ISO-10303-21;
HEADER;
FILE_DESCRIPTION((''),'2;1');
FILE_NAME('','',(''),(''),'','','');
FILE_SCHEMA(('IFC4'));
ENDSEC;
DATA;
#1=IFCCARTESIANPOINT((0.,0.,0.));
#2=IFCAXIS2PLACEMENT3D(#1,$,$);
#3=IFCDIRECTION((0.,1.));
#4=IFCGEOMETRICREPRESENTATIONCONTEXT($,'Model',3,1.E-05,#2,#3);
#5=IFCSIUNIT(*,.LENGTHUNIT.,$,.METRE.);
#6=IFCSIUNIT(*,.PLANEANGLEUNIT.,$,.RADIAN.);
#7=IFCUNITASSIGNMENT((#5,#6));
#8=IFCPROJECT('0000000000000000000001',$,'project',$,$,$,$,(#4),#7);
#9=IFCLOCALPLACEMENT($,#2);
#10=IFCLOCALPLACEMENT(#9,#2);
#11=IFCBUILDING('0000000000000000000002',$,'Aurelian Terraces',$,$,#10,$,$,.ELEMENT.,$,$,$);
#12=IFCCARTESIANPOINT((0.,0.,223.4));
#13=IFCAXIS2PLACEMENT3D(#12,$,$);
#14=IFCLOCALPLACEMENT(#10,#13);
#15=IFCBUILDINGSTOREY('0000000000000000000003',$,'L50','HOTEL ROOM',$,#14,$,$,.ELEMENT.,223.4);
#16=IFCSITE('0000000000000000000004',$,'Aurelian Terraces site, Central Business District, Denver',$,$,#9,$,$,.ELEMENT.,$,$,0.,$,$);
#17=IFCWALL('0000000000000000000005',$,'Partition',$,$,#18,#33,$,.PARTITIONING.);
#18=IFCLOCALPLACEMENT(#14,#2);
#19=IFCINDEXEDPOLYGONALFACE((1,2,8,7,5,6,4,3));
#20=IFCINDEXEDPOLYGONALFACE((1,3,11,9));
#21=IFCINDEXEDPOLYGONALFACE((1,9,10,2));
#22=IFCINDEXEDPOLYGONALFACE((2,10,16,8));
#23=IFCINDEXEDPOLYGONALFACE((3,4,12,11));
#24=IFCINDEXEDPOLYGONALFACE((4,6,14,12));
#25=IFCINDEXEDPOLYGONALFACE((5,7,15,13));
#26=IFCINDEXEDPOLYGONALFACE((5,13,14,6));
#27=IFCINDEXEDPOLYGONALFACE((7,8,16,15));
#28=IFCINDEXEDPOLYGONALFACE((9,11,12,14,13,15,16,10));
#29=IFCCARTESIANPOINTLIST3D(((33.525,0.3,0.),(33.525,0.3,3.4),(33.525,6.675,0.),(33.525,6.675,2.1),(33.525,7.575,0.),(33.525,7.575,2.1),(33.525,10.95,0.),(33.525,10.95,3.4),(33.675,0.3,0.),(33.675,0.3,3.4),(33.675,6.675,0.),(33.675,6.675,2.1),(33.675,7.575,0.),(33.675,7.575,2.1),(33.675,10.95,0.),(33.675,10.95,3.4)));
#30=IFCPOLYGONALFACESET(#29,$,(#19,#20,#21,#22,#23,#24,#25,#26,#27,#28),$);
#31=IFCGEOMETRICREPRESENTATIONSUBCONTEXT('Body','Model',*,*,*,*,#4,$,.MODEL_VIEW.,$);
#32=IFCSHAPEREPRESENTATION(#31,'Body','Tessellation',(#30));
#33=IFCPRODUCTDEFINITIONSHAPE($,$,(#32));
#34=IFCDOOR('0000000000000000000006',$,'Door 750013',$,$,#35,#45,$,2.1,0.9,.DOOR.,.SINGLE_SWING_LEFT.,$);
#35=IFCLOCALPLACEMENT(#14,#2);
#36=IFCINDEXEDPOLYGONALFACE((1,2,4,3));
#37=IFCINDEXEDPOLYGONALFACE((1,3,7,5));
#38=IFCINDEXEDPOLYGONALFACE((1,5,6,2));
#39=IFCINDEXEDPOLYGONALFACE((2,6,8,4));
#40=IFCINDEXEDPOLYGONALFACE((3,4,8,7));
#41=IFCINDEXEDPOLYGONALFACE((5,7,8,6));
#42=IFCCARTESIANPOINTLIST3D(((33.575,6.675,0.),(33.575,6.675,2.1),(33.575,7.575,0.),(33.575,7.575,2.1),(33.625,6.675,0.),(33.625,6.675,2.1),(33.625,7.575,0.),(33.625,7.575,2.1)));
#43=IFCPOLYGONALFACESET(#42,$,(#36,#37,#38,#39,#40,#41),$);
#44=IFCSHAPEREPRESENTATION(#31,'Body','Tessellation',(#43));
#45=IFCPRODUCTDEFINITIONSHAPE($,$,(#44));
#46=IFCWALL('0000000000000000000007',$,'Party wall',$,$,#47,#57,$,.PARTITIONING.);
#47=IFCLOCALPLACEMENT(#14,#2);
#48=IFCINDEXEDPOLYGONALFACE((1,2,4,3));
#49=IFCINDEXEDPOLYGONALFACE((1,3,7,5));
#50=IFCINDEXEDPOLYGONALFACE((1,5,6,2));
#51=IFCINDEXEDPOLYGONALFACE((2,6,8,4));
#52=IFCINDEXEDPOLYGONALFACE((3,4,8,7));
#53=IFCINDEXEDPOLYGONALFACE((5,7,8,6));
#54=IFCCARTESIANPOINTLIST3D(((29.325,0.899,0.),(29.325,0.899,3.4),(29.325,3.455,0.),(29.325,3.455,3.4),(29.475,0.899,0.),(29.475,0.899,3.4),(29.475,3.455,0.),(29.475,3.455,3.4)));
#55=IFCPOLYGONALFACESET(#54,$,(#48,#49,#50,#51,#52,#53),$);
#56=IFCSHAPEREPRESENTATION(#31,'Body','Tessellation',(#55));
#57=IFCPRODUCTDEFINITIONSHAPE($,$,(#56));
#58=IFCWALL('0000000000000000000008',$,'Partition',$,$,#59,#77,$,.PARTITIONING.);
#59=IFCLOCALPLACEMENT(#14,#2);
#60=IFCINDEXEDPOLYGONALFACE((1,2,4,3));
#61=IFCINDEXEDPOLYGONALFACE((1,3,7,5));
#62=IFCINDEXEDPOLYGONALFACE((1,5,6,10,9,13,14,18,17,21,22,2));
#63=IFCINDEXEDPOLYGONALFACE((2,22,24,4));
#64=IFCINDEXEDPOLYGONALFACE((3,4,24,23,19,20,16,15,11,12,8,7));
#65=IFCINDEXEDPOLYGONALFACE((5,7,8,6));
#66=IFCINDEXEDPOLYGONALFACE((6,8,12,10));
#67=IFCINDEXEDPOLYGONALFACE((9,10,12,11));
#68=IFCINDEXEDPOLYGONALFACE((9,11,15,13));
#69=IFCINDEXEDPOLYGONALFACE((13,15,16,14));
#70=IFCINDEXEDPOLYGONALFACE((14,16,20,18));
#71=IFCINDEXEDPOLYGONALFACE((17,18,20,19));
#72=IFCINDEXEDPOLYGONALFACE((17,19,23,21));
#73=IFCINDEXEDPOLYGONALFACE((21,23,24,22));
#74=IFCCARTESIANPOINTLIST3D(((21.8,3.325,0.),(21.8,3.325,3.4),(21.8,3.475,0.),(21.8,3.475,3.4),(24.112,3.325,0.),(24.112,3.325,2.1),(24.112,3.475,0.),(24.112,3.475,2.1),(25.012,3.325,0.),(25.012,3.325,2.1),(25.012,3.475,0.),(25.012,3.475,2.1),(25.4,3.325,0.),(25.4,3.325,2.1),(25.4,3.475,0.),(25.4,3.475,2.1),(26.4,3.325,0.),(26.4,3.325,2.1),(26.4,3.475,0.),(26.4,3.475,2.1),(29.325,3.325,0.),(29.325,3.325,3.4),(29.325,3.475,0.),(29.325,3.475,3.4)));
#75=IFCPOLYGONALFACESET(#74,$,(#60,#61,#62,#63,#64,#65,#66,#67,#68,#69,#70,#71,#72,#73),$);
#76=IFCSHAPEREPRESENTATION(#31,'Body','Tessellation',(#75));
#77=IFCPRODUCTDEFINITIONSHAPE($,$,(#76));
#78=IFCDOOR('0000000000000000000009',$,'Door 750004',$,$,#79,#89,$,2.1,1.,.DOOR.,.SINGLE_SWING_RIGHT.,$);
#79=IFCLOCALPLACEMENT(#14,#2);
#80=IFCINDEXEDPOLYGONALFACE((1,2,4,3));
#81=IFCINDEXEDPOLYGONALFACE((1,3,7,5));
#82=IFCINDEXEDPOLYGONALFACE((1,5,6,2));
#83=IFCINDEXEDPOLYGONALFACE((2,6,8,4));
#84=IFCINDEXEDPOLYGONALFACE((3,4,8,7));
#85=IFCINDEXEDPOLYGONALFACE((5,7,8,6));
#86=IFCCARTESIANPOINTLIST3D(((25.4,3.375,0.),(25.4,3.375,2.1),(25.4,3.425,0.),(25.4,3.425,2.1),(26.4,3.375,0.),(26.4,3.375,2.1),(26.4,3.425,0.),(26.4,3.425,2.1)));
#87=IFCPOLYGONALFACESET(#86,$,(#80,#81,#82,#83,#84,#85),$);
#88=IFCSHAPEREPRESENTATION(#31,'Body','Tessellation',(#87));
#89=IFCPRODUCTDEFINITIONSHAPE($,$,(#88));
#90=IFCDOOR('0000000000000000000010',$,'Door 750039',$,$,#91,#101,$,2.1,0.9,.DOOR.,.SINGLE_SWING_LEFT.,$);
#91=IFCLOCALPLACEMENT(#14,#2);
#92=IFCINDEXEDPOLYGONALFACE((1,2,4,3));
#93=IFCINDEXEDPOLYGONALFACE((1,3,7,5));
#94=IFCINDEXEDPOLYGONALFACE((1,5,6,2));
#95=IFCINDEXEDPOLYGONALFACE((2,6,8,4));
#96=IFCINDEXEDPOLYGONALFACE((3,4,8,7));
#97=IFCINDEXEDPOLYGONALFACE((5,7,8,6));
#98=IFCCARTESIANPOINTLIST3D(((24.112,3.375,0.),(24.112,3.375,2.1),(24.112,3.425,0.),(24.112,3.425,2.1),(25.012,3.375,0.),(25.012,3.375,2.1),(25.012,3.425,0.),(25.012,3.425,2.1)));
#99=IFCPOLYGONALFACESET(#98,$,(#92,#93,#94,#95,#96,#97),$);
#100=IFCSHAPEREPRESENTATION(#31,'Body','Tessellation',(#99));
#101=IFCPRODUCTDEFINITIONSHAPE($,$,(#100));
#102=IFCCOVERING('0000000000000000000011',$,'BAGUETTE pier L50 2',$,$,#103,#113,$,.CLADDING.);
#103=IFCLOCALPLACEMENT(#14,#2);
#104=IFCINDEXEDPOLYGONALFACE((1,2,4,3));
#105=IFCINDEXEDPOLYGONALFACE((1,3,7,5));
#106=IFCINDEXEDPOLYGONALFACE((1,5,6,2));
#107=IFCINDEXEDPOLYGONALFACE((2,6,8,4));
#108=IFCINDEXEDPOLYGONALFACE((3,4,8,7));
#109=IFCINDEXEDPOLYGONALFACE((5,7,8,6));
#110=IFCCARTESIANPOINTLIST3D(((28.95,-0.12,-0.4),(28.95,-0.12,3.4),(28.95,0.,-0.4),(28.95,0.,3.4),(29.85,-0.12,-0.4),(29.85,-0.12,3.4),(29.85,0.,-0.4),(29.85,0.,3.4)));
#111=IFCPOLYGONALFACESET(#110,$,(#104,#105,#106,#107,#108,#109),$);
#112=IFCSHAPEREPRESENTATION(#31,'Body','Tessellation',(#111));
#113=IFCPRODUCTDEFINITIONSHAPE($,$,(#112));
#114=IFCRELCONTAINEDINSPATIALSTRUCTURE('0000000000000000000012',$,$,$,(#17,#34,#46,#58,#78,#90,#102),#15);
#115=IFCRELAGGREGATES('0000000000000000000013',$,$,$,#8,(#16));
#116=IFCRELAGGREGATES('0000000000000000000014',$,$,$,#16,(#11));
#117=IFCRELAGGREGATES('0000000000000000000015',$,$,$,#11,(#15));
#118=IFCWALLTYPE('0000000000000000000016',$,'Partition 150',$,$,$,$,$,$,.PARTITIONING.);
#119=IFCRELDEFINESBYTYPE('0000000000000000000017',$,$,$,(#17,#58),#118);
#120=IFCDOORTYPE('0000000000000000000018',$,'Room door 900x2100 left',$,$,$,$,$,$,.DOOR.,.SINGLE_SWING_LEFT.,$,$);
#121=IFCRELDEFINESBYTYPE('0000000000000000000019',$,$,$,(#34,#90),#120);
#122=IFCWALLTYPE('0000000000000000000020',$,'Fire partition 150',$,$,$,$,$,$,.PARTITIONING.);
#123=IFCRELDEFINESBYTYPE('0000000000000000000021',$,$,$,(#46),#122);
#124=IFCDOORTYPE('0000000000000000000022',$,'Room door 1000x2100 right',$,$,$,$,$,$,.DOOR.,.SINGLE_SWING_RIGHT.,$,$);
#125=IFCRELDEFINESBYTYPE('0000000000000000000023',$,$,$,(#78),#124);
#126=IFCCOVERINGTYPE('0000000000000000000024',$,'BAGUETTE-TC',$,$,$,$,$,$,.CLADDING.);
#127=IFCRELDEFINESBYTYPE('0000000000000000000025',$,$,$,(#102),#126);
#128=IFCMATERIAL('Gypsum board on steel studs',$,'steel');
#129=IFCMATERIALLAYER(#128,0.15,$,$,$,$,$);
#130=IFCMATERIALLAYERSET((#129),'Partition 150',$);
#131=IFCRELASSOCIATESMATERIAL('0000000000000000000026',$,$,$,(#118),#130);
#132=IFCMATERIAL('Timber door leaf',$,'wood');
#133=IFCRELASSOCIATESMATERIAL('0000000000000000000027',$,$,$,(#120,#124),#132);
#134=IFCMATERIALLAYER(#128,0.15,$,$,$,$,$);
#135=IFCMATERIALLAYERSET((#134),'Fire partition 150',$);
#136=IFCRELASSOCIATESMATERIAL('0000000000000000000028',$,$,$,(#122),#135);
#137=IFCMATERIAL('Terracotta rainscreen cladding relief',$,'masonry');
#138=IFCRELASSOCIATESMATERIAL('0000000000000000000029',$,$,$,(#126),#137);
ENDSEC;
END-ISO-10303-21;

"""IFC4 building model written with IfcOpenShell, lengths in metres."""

from ifc_helpers import new_model, si_unit, direction, frame, frame_2d, origin, origin_2d, place, context, subcontext, project, spatial, rectangle, extrude, source, transform, mapped, material, layer, layer_set, type_object, element, fill, save


model = new_model("IFC4")

# Units and contexts
model_context = context("Model", 3, precision=1e-05, world=origin(), true_north=direction((0.0, 1.0)))
body_context = subcontext(model_context, "Body", "Model", "MODEL_VIEW")
ifc_project = project(units=[si_unit("LENGTHUNIT", "METRE"), si_unit("PLANEANGLEUNIT", "RADIAN")], contexts=[model_context])

# Site, building, storey
site_placement = place(None, origin())
site = spatial("IfcSite", under=ifc_project, at=site_placement, Name="Aurelian Terraces site, Central Business District, Denver", CompositionType="ELEMENT", RefElevation=0.0)
building_placement = place(site_placement, origin())
building = spatial("IfcBuilding", under=site, at=building_placement, Name="Aurelian Terraces", CompositionType="ELEMENT")
storey_placement = place(building_placement, frame((0.0, 0.0, 223.4)))
storey = spatial("IfcBuildingStorey", under=building, at=storey_placement, Name="L50", Description="HOTEL ROOM", CompositionType="ELEMENT", Elevation=223.4)

# Shared definitions
ifc_material_1 = material(Name="Gypsum board on steel studs", Category="steel")
ifc_layer_1 = layer(ifc_material_1, 0.15)
ifc_layer_set_1 = layer_set([ifc_layer_1], Name="Partition 150")
wall_type_1 = type_object("IfcWallType", Name="Partition 150", PredefinedType="PARTITIONING", material=ifc_layer_set_1)

# Shared definitions
ifc_material_2 = material(Name="Timber door leaf", Category="wood")
shared_shape_1 = source(origin(), body_context, "Body", "SweptSolid", [
    extrude(rectangle(XDim=1.0, YDim=2.1, at=frame_2d((0.5, 1.05))), frame((0.0, 0.025, 0.0), z_axis=(0.0, -1.0, 0.0), x_axis=(1.0, 0.0, 0.0)), (0.0, 0.0, 1.0), 0.05),
])

# Wall, opening, door
shared_shape_2 = source(origin(), body_context, "Body", "SweptSolid", [
    extrude(rectangle(XDim=10.65, YDim=0.15, at=frame_2d((5.325, 0.0))), origin(), (0.0, 0.0, 1.0), 3.4),
])
wall_1_placement = place(storey_placement, frame((33.6, 0.3, 0.0), z_axis=(0.0, 0.0, 1.0), x_axis=(0.0, 1.0, 0.0)))
wall_1 = element("IfcWall", 1, at=wall_1_placement, inside=storey, type_object=wall_type_1, Name="Partition", PredefinedType="PARTITIONING", context=body_context, shape_type="MappedRepresentation", body=[
    mapped(shared_shape_2, transform((0.0, 0.0, 0.0), scale=1.0)),
])
shared_shape_3 = source(origin(), body_context, "Body", "SweptSolid", [
    extrude(rectangle(XDim=0.9, YDim=2.1, at=frame_2d((0.45, 1.05))), frame((0.0, 0.085, 0.0), z_axis=(0.0, -1.0, 0.0), x_axis=(1.0, 0.0, 0.0)), (0.0, 0.0, 1.0), 0.17),
])
opening_1_placement = place(wall_1_placement, frame((6.375, 0.0, 0.0)))
opening_1 = element("IfcOpeningElement", 2, at=opening_1_placement, cuts=wall_1, PredefinedType="OPENING", context=body_context, shape_type="MappedRepresentation", body=[
    mapped(shared_shape_3, transform((0.0, 0.0, 0.0), scale=1.0)),
])
door_type_1 = type_object("IfcDoorType", Name="Room door 900x2100 left", OperationType="SINGLE_SWING_LEFT", PredefinedType="DOOR", material=ifc_material_2)
shared_shape_4 = source(origin(), body_context, "Body", "SweptSolid", [
    extrude(rectangle(XDim=0.9, YDim=2.1, at=frame_2d((0.45, 1.05))), frame((0.0, 0.025, 0.0), z_axis=(0.0, -1.0, 0.0), x_axis=(1.0, 0.0, 0.0)), (0.0, 0.0, 1.0), 0.05),
])
door_1_placement = place(opening_1_placement, origin())
door_1 = element("IfcDoor", 3, at=door_1_placement, inside=storey, type_object=door_type_1, Name="Door 750013", OperationType="SINGLE_SWING_LEFT", OverallHeight=2.1, OverallWidth=0.9, PredefinedType="DOOR", context=body_context, shape_type="MappedRepresentation", body=[
    mapped(shared_shape_4, transform((0.0, 0.0, 0.0), scale=1.0)),
])
fill(opening_1, door_1)

# Wall
ifc_layer_2 = layer(ifc_material_1, 0.15)
ifc_layer_set_2 = layer_set([ifc_layer_2], Name="Fire partition 150")
wall_type_2 = type_object("IfcWallType", Name="Fire partition 150", PredefinedType="PARTITIONING", material=ifc_layer_set_2)
shared_shape_5 = source(origin(), body_context, "Body", "SweptSolid", [
    extrude(rectangle(XDim=2.556, YDim=0.15, at=frame_2d((1.278, 0.0))), origin(), (0.0, 0.0, 1.0), 3.4),
])
wall_2_placement = place(storey_placement, frame((29.4, 0.899, 0.0), z_axis=(0.0, 0.0, 1.0), x_axis=(0.0, 1.0, 0.0)))
element("IfcWall", 4, at=wall_2_placement, inside=storey, type_object=wall_type_2, Name="Party wall", PredefinedType="PARTITIONING", context=body_context, shape_type="MappedRepresentation", body=[
    mapped(shared_shape_5, transform((0.0, 0.0, 0.0), scale=1.0)),
])

# Wall, openings, doors
shared_shape_6 = source(origin(), body_context, "Body", "SweptSolid", [
    extrude(rectangle(XDim=7.525, YDim=0.15, at=frame_2d((3.7625, 0.0))), origin(), (0.0, 0.0, 1.0), 3.4),
])
wall_3_placement = place(storey_placement, frame((21.8, 3.4, 0.0), z_axis=(0.0, 0.0, 1.0), x_axis=(1.0, 0.0, 0.0)))
wall_3 = element("IfcWall", 5, at=wall_3_placement, inside=storey, type_object=wall_type_1, Name="Partition", PredefinedType="PARTITIONING", context=body_context, shape_type="MappedRepresentation", body=[
    mapped(shared_shape_6, transform((0.0, 0.0, 0.0), scale=1.0)),
])
shared_shape_7 = source(origin(), body_context, "Body", "SweptSolid", [
    extrude(rectangle(XDim=1.0, YDim=2.1, at=frame_2d((0.5, 1.05))), frame((0.0, 0.085, 0.0), z_axis=(0.0, -1.0, 0.0), x_axis=(1.0, 0.0, 0.0)), (0.0, 0.0, 1.0), 0.17),
])
opening_2_placement = place(wall_3_placement, frame((3.6, 0.0, 0.0)))
opening_2 = element("IfcOpeningElement", 6, at=opening_2_placement, cuts=wall_3, PredefinedType="OPENING", context=body_context, shape_type="MappedRepresentation", body=[
    mapped(shared_shape_7, transform((0.0, 0.0, 0.0), scale=1.0)),
])
opening_3_placement = place(wall_3_placement, frame((2.312, 0.0, 0.0)))
opening_3 = element("IfcOpeningElement", 7, at=opening_3_placement, cuts=wall_3, PredefinedType="OPENING", context=body_context, shape_type="MappedRepresentation", body=[
    mapped(shared_shape_3, transform((0.0, 0.0, 0.0), scale=1.0)),
])
door_type_2 = type_object("IfcDoorType", Name="Room door 1000x2100 right", OperationType="SINGLE_SWING_RIGHT", PredefinedType="DOOR", material=ifc_material_2)
door_2_placement = place(opening_2_placement, origin())
door_2 = element("IfcDoor", 8, at=door_2_placement, inside=storey, type_object=door_type_2, Name="Door 750004", OperationType="SINGLE_SWING_RIGHT", OverallHeight=2.1, OverallWidth=1.0, PredefinedType="DOOR", context=body_context, shape_type="MappedRepresentation", body=[
    mapped(shared_shape_1, transform((0.0, 0.0, 0.0), scale=1.0)),
])
fill(opening_2, door_2)
door_3_placement = place(opening_3_placement, origin())
door_3 = element("IfcDoor", 9, at=door_3_placement, inside=storey, type_object=door_type_1, Name="Door 750039", OperationType="SINGLE_SWING_LEFT", OverallHeight=2.1, OverallWidth=0.9, PredefinedType="DOOR", context=body_context, shape_type="MappedRepresentation", body=[
    mapped(shared_shape_4, transform((0.0, 0.0, 0.0), scale=1.0)),
])
fill(opening_3, door_3)

# Covering
ifc_material_3 = material(Name="Terracotta rainscreen cladding relief", Category="masonry")
covering_type = type_object("IfcCoveringType", Name="BAGUETTE-TC", PredefinedType="CLADDING", material=ifc_material_3)
shared_shape_8 = source(origin(), body_context, "Body", "SweptSolid", [
    extrude(rectangle(XDim=0.9, YDim=0.12, at=origin_2d()), origin(), (0.0, 0.0, 1.0), 3.8),
])
covering_placement = place(storey_placement, frame((29.4, -0.06, -0.4), z_axis=(0.0, 0.0, 1.0), x_axis=(1.0, 0.0, 0.0)))
element("IfcCovering", 10, at=covering_placement, inside=storey, type_object=covering_type, Name="BAGUETTE pier L50 2", PredefinedType="CLADDING", context=body_context, shape_type="MappedRepresentation", body=[
    mapped(shared_shape_8, transform((0.0, 0.0, 0.0), scale=1.0)),
])

save(model, "model.ifc")
